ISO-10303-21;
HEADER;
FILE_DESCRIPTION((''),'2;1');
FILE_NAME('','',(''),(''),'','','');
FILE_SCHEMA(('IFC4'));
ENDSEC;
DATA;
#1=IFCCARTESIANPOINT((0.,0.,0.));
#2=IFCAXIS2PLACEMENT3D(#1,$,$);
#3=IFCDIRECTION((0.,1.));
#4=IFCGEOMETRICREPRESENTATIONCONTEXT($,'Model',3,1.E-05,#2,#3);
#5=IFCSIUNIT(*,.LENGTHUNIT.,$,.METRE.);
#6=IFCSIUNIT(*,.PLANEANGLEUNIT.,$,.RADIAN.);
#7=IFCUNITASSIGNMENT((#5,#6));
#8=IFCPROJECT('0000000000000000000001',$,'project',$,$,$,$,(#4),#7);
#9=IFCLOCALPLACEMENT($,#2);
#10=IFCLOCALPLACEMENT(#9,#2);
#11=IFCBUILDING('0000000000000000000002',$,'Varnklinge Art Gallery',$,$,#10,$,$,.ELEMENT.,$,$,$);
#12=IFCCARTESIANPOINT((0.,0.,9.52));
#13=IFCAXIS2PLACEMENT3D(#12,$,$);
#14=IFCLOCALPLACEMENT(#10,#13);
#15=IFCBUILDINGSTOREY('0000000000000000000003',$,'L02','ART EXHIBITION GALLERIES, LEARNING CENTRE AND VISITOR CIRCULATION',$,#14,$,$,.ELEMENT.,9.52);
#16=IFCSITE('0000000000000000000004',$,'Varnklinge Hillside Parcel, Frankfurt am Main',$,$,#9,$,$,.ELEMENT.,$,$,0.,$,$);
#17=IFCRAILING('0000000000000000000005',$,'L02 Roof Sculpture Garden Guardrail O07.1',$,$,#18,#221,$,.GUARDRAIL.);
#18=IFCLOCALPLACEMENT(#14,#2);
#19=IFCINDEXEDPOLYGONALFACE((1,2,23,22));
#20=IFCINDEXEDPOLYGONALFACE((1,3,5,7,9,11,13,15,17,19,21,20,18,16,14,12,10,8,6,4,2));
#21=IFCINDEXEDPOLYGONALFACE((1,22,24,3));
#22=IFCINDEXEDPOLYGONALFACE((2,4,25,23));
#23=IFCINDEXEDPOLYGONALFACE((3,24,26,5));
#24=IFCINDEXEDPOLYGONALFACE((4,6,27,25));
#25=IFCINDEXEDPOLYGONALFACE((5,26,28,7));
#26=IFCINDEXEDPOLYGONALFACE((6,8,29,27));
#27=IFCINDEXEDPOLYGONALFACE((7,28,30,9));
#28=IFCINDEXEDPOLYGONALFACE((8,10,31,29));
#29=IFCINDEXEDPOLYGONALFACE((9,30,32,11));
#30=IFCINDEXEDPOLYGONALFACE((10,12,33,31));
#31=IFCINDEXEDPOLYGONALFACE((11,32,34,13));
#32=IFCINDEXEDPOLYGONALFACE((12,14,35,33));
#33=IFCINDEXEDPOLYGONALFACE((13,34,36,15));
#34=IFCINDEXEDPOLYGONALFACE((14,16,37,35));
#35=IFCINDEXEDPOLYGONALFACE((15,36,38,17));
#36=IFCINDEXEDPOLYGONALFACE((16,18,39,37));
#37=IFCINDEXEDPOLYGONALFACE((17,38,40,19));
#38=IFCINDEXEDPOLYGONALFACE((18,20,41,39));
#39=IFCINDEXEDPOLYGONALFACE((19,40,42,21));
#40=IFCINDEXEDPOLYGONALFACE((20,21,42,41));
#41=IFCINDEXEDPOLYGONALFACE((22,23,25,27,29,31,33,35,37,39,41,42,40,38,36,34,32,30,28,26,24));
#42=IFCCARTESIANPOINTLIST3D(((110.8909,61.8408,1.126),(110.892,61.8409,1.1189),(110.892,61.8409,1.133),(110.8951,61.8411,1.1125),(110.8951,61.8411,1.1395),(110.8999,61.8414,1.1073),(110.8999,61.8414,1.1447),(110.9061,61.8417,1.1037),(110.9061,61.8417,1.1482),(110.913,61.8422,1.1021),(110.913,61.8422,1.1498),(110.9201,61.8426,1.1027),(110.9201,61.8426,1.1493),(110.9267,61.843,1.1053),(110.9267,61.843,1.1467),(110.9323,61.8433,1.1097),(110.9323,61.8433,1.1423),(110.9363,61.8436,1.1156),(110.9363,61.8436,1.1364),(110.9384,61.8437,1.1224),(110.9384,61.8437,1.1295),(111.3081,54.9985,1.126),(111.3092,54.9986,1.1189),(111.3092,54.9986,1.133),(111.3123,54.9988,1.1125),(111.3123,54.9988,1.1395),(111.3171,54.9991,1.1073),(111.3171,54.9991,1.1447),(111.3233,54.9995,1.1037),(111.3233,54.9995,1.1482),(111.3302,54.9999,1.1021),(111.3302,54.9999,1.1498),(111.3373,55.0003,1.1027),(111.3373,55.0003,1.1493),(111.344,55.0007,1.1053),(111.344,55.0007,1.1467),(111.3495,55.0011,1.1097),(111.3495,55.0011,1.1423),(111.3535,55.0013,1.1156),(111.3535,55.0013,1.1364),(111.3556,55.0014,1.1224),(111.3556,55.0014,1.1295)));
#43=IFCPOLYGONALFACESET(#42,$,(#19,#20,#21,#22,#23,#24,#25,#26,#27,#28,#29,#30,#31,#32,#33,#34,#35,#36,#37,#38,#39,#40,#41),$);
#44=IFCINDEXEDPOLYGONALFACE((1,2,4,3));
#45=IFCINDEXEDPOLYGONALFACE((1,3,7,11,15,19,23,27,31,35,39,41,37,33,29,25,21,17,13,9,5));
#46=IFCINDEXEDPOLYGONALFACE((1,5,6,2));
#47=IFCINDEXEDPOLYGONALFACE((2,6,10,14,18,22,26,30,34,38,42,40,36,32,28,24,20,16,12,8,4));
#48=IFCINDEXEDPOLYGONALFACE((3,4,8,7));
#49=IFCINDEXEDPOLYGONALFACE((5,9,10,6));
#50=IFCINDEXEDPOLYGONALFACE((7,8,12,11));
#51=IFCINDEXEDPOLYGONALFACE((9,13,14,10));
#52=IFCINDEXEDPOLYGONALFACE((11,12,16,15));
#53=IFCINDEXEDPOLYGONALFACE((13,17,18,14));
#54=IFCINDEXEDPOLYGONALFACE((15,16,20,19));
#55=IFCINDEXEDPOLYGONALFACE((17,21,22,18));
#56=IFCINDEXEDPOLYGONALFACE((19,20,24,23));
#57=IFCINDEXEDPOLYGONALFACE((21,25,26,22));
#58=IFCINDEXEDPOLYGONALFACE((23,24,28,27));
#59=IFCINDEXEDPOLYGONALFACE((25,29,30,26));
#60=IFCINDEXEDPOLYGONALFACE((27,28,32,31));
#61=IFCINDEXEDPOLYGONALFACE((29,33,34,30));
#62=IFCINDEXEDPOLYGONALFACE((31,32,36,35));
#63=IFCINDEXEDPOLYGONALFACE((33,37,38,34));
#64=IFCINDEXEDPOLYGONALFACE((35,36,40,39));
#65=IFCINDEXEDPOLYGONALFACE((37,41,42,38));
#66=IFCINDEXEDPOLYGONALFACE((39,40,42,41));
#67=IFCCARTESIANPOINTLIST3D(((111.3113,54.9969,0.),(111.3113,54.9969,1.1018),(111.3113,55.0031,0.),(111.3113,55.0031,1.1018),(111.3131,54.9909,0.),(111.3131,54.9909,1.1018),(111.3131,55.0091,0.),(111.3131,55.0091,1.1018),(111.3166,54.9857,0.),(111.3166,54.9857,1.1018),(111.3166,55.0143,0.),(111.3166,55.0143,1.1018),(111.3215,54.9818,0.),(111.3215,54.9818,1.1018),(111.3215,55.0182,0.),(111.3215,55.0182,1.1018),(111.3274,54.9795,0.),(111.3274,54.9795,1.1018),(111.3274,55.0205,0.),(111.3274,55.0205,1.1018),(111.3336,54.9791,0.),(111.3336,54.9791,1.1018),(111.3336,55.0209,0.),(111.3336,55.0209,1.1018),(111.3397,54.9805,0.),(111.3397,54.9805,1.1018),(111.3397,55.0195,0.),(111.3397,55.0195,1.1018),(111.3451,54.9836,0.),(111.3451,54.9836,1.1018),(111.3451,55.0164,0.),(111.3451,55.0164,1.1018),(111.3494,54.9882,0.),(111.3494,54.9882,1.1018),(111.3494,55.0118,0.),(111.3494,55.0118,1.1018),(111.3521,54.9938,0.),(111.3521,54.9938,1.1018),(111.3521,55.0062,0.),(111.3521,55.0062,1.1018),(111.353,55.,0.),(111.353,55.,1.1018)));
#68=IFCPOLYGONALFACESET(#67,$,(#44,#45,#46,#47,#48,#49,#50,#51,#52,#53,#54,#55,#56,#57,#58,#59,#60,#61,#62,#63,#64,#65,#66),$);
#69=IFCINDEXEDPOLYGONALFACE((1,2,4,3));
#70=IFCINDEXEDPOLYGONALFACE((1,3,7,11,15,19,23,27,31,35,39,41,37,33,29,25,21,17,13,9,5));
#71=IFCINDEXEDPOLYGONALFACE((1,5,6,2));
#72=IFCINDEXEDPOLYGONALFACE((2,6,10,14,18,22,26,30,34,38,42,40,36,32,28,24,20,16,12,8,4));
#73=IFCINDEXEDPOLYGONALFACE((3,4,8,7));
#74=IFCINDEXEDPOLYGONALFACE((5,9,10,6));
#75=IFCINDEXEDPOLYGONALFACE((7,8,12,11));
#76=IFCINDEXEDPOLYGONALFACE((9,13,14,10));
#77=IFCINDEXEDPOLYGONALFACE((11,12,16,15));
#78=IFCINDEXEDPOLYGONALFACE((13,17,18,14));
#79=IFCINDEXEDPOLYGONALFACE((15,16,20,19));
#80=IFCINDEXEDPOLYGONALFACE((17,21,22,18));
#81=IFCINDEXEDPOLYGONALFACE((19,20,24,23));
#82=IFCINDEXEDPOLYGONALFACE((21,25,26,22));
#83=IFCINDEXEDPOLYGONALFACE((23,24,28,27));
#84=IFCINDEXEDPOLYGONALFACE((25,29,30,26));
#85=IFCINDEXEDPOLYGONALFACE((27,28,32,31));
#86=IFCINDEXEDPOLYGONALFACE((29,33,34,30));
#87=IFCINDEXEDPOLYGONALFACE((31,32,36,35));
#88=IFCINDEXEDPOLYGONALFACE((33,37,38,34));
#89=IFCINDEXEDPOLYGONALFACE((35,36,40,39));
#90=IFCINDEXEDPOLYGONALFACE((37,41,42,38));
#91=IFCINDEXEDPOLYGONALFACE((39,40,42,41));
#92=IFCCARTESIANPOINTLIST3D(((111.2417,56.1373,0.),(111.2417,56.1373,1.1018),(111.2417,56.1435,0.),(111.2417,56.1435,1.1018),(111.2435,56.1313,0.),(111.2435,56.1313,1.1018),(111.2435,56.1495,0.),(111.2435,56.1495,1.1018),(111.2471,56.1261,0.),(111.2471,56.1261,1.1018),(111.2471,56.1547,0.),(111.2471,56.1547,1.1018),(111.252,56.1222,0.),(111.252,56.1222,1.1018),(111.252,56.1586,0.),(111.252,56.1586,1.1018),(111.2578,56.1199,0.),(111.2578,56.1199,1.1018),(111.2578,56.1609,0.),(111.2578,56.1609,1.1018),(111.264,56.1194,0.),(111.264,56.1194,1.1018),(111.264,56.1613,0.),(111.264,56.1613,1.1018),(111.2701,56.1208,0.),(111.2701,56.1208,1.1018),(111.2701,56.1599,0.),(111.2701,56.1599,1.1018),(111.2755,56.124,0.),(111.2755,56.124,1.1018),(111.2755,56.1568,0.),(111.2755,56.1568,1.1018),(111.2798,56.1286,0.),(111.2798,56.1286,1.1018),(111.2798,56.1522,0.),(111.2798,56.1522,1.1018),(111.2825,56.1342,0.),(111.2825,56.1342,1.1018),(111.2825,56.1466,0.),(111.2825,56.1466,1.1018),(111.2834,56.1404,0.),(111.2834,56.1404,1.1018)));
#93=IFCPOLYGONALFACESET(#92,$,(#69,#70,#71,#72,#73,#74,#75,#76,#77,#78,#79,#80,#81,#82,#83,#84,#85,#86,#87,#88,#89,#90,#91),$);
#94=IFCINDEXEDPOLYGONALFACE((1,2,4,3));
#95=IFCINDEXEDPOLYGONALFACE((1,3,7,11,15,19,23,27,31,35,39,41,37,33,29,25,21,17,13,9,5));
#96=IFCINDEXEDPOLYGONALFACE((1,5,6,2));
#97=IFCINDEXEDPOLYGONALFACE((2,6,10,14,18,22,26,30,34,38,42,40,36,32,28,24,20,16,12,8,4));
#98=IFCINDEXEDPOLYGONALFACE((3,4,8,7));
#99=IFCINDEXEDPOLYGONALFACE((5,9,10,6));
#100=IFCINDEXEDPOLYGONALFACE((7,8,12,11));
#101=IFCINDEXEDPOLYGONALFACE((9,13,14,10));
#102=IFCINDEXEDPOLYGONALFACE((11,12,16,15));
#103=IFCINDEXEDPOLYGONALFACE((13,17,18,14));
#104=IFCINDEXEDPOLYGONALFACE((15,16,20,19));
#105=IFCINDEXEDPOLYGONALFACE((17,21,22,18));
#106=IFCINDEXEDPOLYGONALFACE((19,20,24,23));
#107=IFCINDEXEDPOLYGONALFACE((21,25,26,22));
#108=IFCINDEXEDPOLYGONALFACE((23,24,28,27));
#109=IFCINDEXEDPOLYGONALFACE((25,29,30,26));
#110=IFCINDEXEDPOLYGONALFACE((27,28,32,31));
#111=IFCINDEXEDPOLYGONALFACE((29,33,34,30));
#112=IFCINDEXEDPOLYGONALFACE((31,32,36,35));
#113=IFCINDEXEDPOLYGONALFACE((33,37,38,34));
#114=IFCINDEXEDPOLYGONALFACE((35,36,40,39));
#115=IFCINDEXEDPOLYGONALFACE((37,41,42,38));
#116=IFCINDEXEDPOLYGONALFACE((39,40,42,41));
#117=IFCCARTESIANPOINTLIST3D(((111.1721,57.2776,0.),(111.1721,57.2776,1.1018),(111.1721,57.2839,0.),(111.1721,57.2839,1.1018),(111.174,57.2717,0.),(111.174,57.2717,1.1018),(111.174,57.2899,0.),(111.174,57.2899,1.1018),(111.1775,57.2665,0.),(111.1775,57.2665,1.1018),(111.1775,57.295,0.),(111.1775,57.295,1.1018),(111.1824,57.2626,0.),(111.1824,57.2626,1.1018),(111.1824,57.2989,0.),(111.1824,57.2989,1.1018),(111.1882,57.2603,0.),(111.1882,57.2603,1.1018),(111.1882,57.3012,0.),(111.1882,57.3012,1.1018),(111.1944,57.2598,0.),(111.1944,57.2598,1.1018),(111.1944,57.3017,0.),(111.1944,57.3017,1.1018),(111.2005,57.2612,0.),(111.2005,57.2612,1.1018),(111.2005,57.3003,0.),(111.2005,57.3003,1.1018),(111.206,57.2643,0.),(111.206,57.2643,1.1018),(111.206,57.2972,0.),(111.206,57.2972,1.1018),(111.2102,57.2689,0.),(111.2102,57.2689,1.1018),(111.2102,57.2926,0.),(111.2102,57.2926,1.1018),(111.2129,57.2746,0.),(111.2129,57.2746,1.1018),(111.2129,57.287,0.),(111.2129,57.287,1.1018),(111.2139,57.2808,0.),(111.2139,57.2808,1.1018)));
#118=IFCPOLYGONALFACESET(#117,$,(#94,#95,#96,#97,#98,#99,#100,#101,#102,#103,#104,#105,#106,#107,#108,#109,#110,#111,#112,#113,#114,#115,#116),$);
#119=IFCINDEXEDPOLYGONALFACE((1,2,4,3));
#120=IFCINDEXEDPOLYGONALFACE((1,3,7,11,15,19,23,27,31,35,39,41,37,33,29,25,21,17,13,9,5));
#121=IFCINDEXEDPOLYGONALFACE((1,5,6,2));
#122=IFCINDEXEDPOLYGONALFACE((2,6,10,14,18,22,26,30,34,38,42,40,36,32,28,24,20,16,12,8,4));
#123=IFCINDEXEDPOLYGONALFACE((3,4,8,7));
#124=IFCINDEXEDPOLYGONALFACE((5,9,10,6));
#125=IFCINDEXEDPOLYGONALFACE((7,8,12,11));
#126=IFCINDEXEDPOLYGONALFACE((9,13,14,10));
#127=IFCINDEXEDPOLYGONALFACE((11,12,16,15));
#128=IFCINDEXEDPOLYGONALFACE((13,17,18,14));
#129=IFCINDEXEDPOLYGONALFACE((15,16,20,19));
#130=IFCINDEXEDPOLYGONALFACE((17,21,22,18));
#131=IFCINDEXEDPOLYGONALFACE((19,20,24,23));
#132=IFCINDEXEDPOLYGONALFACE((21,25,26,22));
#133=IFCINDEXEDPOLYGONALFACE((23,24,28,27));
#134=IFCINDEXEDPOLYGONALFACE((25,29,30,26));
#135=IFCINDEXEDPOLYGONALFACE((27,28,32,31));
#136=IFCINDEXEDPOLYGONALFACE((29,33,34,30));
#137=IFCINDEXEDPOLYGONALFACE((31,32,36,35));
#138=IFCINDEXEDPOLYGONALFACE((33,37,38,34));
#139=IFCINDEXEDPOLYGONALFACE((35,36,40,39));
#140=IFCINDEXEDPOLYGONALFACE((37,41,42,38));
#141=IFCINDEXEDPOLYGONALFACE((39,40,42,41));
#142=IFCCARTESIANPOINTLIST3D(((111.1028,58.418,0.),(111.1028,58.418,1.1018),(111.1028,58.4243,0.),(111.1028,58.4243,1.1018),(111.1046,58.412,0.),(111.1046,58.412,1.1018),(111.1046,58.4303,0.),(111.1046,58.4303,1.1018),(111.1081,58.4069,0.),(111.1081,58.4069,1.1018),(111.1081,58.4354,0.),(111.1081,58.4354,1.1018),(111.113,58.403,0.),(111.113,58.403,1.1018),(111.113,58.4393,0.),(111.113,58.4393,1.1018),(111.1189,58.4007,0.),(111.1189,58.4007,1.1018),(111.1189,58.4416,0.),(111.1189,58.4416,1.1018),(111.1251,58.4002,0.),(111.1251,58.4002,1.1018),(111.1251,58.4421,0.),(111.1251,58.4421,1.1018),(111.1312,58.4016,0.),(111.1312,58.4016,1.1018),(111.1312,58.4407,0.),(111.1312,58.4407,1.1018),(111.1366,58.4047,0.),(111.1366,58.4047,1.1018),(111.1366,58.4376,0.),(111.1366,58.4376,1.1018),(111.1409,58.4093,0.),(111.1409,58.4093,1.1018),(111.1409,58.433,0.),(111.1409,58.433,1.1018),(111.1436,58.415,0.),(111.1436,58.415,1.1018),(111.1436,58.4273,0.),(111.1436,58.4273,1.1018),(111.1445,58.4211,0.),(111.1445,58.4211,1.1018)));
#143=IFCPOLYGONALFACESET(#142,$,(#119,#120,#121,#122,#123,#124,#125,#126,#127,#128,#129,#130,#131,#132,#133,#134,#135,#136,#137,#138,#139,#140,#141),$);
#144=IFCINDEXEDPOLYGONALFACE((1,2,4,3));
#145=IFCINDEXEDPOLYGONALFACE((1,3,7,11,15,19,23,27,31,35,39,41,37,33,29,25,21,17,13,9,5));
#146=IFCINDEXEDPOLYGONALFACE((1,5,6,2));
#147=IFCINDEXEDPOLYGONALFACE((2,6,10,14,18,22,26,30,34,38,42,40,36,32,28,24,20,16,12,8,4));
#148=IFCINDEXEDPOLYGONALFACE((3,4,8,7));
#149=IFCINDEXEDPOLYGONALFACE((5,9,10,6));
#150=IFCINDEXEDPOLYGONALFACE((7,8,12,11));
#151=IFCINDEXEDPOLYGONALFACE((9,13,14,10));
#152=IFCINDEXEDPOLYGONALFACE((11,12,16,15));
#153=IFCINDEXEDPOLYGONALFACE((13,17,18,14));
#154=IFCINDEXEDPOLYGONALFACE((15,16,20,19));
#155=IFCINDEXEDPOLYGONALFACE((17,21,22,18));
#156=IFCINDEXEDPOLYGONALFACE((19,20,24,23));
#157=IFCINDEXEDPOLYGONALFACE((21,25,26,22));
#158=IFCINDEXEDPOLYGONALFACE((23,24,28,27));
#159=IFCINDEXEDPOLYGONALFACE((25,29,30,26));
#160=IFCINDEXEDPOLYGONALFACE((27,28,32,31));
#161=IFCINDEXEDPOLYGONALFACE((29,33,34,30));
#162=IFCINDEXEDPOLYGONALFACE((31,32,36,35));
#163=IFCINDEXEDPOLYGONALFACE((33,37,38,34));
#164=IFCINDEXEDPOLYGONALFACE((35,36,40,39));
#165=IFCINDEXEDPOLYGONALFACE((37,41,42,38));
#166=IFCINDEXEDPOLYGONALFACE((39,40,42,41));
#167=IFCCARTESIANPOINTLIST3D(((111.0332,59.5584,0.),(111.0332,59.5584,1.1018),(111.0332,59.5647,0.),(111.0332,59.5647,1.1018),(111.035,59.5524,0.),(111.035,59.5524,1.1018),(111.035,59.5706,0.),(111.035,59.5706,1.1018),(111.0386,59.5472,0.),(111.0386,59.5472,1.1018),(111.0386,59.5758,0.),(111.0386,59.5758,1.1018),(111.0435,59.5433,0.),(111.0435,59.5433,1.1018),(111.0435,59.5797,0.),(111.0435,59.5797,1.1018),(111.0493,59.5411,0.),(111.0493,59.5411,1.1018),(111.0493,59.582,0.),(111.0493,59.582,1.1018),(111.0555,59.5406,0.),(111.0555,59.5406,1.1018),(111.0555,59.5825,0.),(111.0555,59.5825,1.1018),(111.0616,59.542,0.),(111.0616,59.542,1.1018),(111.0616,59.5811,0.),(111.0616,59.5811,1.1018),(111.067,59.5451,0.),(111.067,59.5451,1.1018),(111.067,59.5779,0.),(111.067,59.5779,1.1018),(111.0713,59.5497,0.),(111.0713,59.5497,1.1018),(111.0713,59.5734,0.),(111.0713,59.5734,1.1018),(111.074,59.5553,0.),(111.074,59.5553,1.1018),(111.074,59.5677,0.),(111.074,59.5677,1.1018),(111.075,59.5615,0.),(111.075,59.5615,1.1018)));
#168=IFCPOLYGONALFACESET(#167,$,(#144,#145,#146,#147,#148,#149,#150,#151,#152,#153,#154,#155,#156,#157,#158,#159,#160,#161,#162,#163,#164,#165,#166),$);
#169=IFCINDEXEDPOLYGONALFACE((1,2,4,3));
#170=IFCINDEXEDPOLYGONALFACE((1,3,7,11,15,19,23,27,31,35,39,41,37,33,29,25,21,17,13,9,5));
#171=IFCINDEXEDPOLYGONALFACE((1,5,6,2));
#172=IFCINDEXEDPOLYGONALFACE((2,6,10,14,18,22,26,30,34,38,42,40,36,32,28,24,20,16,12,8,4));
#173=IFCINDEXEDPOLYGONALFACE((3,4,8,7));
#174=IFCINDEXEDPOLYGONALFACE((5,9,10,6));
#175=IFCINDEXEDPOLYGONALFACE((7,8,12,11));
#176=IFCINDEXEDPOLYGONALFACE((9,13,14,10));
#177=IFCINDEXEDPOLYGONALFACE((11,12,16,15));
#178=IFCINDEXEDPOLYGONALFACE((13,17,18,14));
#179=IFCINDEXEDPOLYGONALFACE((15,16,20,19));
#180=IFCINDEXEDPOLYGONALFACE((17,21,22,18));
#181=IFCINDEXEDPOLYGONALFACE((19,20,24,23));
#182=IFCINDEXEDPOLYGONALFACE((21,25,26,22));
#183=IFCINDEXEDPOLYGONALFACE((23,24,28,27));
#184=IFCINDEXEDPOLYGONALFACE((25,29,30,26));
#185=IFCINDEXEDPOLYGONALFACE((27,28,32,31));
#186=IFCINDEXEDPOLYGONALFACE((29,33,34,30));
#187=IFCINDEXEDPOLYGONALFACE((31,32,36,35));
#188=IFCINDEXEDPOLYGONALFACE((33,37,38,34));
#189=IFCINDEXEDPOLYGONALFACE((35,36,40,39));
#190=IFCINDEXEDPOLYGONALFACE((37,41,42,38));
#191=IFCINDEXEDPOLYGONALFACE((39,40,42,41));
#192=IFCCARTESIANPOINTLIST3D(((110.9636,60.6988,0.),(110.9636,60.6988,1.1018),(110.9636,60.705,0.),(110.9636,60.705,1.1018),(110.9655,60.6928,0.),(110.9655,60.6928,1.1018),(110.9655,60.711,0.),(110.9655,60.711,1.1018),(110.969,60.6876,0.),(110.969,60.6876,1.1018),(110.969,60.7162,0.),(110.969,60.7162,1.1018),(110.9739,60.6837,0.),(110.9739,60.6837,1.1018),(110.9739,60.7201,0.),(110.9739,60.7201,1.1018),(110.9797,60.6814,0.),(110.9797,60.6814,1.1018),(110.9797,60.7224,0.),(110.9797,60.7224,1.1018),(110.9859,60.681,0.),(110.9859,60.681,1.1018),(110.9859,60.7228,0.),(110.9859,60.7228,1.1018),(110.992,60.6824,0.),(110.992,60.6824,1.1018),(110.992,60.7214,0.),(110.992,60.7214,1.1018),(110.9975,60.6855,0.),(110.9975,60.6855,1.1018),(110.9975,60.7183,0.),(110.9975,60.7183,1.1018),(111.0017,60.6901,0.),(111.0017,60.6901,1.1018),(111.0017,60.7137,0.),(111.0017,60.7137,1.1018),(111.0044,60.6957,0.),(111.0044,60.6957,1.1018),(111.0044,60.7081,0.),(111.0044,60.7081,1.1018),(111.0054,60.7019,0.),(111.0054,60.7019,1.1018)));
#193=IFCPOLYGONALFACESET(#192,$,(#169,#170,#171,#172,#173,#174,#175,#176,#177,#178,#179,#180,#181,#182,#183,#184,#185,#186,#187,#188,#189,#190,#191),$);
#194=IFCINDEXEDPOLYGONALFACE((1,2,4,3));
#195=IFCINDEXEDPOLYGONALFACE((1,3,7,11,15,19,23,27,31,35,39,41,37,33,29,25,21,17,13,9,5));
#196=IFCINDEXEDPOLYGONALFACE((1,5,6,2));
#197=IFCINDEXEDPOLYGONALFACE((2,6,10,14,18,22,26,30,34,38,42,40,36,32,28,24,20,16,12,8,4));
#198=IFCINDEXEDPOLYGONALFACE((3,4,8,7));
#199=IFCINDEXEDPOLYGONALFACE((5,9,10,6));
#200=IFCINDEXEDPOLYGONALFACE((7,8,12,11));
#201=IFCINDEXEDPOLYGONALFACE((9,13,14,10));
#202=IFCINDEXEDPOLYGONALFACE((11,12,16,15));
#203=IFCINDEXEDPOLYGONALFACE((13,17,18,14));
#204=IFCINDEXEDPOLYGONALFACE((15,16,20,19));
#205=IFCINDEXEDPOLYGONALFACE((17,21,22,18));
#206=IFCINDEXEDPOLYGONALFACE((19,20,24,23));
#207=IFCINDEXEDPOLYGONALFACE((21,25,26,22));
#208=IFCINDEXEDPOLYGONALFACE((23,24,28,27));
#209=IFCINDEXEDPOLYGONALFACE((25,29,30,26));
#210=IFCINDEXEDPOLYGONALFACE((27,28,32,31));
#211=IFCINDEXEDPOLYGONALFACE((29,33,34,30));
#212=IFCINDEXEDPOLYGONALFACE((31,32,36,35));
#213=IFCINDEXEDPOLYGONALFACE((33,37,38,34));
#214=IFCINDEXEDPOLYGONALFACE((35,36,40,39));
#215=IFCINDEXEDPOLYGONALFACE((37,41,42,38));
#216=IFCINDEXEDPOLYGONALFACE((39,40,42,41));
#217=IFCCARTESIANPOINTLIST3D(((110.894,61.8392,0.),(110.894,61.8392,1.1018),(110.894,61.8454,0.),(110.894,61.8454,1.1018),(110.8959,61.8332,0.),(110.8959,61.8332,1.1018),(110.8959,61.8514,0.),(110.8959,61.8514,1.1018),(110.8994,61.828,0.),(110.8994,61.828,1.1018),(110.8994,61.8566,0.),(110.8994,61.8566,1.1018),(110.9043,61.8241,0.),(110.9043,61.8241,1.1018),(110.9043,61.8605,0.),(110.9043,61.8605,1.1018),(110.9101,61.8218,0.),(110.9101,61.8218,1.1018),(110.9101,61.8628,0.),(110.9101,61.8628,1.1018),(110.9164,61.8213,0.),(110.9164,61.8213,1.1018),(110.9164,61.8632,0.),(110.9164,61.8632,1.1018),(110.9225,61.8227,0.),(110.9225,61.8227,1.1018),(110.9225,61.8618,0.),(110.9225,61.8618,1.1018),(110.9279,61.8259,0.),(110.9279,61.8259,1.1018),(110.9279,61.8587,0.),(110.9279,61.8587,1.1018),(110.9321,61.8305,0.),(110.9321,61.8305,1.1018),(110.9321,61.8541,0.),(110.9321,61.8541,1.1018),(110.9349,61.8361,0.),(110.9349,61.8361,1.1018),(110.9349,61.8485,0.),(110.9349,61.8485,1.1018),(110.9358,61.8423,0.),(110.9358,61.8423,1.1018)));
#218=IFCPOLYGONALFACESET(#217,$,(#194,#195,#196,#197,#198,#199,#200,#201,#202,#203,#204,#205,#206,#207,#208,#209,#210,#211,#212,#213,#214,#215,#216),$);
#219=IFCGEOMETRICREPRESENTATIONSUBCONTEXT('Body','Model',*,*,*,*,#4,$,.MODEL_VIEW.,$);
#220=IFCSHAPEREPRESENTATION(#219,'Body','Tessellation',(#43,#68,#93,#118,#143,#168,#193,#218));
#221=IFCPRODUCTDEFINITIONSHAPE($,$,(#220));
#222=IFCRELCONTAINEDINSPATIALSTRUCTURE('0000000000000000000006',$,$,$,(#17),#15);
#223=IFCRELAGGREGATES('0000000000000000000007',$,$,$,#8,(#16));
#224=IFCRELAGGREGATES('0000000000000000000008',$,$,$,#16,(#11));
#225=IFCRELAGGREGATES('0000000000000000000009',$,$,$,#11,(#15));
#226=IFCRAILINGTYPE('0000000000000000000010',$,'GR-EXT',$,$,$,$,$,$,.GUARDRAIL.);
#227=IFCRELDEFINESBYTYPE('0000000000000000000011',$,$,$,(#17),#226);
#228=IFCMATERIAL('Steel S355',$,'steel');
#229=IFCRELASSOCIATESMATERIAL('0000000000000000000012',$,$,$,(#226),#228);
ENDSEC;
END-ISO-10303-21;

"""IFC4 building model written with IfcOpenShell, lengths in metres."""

from ifc_helpers import new_model, si_unit, direction, frame, origin, origin_2d, place, context, subcontext, project, spatial, circle, extrude, material, type_object, element, save


model = new_model("IFC4")

# Units and contexts
model_context = context("Model", 3, precision=1e-05, world=origin(), true_north=direction((0.0, 1.0)))
body_context = subcontext(model_context, "Body", "Model", "MODEL_VIEW")
ifc_project = project(units=[si_unit("LENGTHUNIT", "METRE"), si_unit("PLANEANGLEUNIT", "RADIAN")], contexts=[model_context])

# Site, building, storey
site_placement = place(None, origin())
site = spatial("IfcSite", under=ifc_project, at=site_placement, Name="Varnklinge Hillside Parcel, Frankfurt am Main", CompositionType="ELEMENT", RefElevation=0.0)
building_placement = place(site_placement, origin())
building = spatial("IfcBuilding", under=site, at=building_placement, Name="Varnklinge Art Gallery", CompositionType="ELEMENT")
storey_placement = place(building_placement, frame((0.0, 0.0, 9.52)))
storey = spatial("IfcBuildingStorey", under=building, at=storey_placement, Name="L02", Description="ART EXHIBITION GALLERIES, LEARNING CENTRE AND VISITOR CIRCULATION", CompositionType="ELEMENT", Elevation=9.52)

# Railing
ifc_material_1 = material(Name="Steel S355", Category="steel")
railing_type_1 = type_object("IfcRailingType", Name="GR-EXT", PredefinedType="GUARDRAIL", material=ifc_material_1)
railing_1_placement = place(storey_placement, frame((111.332, 55.0, 0.0)))
element("IfcRailing", 1, at=railing_1_placement, inside=storey, type_object=railing_type_1, Name="L02 Roof Sculpture Garden Guardrail O07.1", PredefinedType="GUARDRAIL", context=body_context, shape_type="SweptSolid", body=[
    extrude(circle(Radius=0.0239, at=origin_2d()), frame((0.0, 0.0, 1.126), z_axis=(-0.060866, 0.998146, 0.0), x_axis=(-0.998146, -0.060866, 0.0)), (0.0, 0.0, 1.0), 6.855),
    extrude(circle(Radius=0.021, at=origin_2d()), origin(), (0.0, 0.0, 1.0), 1.1018),
    extrude(circle(Radius=0.021, at=origin_2d()), frame((-0.0696, 1.1404, 0.0)), (0.0, 0.0, 1.0), 1.1018),
    extrude(circle(Radius=0.021, at=origin_2d()), frame((-0.1392, 2.2808, 0.0)), (0.0, 0.0, 1.0), 1.1018),
    extrude(circle(Radius=0.021, at=origin_2d()), frame((-0.2085, 3.4211, 0.0)), (0.0, 0.0, 1.0), 1.1018),
    extrude(circle(Radius=0.021, at=origin_2d()), frame((-0.2781, 4.5615, 0.0)), (0.0, 0.0, 1.0), 1.1018),
    extrude(circle(Radius=0.021, at=origin_2d()), frame((-0.3477, 5.7019, 0.0)), (0.0, 0.0, 1.0), 1.1018),
    extrude(circle(Radius=0.021, at=origin_2d()), frame((-0.4172, 6.8423, 0.0)), (0.0, 0.0, 1.0), 1.1018),
])

save(model, "model.ifc")
